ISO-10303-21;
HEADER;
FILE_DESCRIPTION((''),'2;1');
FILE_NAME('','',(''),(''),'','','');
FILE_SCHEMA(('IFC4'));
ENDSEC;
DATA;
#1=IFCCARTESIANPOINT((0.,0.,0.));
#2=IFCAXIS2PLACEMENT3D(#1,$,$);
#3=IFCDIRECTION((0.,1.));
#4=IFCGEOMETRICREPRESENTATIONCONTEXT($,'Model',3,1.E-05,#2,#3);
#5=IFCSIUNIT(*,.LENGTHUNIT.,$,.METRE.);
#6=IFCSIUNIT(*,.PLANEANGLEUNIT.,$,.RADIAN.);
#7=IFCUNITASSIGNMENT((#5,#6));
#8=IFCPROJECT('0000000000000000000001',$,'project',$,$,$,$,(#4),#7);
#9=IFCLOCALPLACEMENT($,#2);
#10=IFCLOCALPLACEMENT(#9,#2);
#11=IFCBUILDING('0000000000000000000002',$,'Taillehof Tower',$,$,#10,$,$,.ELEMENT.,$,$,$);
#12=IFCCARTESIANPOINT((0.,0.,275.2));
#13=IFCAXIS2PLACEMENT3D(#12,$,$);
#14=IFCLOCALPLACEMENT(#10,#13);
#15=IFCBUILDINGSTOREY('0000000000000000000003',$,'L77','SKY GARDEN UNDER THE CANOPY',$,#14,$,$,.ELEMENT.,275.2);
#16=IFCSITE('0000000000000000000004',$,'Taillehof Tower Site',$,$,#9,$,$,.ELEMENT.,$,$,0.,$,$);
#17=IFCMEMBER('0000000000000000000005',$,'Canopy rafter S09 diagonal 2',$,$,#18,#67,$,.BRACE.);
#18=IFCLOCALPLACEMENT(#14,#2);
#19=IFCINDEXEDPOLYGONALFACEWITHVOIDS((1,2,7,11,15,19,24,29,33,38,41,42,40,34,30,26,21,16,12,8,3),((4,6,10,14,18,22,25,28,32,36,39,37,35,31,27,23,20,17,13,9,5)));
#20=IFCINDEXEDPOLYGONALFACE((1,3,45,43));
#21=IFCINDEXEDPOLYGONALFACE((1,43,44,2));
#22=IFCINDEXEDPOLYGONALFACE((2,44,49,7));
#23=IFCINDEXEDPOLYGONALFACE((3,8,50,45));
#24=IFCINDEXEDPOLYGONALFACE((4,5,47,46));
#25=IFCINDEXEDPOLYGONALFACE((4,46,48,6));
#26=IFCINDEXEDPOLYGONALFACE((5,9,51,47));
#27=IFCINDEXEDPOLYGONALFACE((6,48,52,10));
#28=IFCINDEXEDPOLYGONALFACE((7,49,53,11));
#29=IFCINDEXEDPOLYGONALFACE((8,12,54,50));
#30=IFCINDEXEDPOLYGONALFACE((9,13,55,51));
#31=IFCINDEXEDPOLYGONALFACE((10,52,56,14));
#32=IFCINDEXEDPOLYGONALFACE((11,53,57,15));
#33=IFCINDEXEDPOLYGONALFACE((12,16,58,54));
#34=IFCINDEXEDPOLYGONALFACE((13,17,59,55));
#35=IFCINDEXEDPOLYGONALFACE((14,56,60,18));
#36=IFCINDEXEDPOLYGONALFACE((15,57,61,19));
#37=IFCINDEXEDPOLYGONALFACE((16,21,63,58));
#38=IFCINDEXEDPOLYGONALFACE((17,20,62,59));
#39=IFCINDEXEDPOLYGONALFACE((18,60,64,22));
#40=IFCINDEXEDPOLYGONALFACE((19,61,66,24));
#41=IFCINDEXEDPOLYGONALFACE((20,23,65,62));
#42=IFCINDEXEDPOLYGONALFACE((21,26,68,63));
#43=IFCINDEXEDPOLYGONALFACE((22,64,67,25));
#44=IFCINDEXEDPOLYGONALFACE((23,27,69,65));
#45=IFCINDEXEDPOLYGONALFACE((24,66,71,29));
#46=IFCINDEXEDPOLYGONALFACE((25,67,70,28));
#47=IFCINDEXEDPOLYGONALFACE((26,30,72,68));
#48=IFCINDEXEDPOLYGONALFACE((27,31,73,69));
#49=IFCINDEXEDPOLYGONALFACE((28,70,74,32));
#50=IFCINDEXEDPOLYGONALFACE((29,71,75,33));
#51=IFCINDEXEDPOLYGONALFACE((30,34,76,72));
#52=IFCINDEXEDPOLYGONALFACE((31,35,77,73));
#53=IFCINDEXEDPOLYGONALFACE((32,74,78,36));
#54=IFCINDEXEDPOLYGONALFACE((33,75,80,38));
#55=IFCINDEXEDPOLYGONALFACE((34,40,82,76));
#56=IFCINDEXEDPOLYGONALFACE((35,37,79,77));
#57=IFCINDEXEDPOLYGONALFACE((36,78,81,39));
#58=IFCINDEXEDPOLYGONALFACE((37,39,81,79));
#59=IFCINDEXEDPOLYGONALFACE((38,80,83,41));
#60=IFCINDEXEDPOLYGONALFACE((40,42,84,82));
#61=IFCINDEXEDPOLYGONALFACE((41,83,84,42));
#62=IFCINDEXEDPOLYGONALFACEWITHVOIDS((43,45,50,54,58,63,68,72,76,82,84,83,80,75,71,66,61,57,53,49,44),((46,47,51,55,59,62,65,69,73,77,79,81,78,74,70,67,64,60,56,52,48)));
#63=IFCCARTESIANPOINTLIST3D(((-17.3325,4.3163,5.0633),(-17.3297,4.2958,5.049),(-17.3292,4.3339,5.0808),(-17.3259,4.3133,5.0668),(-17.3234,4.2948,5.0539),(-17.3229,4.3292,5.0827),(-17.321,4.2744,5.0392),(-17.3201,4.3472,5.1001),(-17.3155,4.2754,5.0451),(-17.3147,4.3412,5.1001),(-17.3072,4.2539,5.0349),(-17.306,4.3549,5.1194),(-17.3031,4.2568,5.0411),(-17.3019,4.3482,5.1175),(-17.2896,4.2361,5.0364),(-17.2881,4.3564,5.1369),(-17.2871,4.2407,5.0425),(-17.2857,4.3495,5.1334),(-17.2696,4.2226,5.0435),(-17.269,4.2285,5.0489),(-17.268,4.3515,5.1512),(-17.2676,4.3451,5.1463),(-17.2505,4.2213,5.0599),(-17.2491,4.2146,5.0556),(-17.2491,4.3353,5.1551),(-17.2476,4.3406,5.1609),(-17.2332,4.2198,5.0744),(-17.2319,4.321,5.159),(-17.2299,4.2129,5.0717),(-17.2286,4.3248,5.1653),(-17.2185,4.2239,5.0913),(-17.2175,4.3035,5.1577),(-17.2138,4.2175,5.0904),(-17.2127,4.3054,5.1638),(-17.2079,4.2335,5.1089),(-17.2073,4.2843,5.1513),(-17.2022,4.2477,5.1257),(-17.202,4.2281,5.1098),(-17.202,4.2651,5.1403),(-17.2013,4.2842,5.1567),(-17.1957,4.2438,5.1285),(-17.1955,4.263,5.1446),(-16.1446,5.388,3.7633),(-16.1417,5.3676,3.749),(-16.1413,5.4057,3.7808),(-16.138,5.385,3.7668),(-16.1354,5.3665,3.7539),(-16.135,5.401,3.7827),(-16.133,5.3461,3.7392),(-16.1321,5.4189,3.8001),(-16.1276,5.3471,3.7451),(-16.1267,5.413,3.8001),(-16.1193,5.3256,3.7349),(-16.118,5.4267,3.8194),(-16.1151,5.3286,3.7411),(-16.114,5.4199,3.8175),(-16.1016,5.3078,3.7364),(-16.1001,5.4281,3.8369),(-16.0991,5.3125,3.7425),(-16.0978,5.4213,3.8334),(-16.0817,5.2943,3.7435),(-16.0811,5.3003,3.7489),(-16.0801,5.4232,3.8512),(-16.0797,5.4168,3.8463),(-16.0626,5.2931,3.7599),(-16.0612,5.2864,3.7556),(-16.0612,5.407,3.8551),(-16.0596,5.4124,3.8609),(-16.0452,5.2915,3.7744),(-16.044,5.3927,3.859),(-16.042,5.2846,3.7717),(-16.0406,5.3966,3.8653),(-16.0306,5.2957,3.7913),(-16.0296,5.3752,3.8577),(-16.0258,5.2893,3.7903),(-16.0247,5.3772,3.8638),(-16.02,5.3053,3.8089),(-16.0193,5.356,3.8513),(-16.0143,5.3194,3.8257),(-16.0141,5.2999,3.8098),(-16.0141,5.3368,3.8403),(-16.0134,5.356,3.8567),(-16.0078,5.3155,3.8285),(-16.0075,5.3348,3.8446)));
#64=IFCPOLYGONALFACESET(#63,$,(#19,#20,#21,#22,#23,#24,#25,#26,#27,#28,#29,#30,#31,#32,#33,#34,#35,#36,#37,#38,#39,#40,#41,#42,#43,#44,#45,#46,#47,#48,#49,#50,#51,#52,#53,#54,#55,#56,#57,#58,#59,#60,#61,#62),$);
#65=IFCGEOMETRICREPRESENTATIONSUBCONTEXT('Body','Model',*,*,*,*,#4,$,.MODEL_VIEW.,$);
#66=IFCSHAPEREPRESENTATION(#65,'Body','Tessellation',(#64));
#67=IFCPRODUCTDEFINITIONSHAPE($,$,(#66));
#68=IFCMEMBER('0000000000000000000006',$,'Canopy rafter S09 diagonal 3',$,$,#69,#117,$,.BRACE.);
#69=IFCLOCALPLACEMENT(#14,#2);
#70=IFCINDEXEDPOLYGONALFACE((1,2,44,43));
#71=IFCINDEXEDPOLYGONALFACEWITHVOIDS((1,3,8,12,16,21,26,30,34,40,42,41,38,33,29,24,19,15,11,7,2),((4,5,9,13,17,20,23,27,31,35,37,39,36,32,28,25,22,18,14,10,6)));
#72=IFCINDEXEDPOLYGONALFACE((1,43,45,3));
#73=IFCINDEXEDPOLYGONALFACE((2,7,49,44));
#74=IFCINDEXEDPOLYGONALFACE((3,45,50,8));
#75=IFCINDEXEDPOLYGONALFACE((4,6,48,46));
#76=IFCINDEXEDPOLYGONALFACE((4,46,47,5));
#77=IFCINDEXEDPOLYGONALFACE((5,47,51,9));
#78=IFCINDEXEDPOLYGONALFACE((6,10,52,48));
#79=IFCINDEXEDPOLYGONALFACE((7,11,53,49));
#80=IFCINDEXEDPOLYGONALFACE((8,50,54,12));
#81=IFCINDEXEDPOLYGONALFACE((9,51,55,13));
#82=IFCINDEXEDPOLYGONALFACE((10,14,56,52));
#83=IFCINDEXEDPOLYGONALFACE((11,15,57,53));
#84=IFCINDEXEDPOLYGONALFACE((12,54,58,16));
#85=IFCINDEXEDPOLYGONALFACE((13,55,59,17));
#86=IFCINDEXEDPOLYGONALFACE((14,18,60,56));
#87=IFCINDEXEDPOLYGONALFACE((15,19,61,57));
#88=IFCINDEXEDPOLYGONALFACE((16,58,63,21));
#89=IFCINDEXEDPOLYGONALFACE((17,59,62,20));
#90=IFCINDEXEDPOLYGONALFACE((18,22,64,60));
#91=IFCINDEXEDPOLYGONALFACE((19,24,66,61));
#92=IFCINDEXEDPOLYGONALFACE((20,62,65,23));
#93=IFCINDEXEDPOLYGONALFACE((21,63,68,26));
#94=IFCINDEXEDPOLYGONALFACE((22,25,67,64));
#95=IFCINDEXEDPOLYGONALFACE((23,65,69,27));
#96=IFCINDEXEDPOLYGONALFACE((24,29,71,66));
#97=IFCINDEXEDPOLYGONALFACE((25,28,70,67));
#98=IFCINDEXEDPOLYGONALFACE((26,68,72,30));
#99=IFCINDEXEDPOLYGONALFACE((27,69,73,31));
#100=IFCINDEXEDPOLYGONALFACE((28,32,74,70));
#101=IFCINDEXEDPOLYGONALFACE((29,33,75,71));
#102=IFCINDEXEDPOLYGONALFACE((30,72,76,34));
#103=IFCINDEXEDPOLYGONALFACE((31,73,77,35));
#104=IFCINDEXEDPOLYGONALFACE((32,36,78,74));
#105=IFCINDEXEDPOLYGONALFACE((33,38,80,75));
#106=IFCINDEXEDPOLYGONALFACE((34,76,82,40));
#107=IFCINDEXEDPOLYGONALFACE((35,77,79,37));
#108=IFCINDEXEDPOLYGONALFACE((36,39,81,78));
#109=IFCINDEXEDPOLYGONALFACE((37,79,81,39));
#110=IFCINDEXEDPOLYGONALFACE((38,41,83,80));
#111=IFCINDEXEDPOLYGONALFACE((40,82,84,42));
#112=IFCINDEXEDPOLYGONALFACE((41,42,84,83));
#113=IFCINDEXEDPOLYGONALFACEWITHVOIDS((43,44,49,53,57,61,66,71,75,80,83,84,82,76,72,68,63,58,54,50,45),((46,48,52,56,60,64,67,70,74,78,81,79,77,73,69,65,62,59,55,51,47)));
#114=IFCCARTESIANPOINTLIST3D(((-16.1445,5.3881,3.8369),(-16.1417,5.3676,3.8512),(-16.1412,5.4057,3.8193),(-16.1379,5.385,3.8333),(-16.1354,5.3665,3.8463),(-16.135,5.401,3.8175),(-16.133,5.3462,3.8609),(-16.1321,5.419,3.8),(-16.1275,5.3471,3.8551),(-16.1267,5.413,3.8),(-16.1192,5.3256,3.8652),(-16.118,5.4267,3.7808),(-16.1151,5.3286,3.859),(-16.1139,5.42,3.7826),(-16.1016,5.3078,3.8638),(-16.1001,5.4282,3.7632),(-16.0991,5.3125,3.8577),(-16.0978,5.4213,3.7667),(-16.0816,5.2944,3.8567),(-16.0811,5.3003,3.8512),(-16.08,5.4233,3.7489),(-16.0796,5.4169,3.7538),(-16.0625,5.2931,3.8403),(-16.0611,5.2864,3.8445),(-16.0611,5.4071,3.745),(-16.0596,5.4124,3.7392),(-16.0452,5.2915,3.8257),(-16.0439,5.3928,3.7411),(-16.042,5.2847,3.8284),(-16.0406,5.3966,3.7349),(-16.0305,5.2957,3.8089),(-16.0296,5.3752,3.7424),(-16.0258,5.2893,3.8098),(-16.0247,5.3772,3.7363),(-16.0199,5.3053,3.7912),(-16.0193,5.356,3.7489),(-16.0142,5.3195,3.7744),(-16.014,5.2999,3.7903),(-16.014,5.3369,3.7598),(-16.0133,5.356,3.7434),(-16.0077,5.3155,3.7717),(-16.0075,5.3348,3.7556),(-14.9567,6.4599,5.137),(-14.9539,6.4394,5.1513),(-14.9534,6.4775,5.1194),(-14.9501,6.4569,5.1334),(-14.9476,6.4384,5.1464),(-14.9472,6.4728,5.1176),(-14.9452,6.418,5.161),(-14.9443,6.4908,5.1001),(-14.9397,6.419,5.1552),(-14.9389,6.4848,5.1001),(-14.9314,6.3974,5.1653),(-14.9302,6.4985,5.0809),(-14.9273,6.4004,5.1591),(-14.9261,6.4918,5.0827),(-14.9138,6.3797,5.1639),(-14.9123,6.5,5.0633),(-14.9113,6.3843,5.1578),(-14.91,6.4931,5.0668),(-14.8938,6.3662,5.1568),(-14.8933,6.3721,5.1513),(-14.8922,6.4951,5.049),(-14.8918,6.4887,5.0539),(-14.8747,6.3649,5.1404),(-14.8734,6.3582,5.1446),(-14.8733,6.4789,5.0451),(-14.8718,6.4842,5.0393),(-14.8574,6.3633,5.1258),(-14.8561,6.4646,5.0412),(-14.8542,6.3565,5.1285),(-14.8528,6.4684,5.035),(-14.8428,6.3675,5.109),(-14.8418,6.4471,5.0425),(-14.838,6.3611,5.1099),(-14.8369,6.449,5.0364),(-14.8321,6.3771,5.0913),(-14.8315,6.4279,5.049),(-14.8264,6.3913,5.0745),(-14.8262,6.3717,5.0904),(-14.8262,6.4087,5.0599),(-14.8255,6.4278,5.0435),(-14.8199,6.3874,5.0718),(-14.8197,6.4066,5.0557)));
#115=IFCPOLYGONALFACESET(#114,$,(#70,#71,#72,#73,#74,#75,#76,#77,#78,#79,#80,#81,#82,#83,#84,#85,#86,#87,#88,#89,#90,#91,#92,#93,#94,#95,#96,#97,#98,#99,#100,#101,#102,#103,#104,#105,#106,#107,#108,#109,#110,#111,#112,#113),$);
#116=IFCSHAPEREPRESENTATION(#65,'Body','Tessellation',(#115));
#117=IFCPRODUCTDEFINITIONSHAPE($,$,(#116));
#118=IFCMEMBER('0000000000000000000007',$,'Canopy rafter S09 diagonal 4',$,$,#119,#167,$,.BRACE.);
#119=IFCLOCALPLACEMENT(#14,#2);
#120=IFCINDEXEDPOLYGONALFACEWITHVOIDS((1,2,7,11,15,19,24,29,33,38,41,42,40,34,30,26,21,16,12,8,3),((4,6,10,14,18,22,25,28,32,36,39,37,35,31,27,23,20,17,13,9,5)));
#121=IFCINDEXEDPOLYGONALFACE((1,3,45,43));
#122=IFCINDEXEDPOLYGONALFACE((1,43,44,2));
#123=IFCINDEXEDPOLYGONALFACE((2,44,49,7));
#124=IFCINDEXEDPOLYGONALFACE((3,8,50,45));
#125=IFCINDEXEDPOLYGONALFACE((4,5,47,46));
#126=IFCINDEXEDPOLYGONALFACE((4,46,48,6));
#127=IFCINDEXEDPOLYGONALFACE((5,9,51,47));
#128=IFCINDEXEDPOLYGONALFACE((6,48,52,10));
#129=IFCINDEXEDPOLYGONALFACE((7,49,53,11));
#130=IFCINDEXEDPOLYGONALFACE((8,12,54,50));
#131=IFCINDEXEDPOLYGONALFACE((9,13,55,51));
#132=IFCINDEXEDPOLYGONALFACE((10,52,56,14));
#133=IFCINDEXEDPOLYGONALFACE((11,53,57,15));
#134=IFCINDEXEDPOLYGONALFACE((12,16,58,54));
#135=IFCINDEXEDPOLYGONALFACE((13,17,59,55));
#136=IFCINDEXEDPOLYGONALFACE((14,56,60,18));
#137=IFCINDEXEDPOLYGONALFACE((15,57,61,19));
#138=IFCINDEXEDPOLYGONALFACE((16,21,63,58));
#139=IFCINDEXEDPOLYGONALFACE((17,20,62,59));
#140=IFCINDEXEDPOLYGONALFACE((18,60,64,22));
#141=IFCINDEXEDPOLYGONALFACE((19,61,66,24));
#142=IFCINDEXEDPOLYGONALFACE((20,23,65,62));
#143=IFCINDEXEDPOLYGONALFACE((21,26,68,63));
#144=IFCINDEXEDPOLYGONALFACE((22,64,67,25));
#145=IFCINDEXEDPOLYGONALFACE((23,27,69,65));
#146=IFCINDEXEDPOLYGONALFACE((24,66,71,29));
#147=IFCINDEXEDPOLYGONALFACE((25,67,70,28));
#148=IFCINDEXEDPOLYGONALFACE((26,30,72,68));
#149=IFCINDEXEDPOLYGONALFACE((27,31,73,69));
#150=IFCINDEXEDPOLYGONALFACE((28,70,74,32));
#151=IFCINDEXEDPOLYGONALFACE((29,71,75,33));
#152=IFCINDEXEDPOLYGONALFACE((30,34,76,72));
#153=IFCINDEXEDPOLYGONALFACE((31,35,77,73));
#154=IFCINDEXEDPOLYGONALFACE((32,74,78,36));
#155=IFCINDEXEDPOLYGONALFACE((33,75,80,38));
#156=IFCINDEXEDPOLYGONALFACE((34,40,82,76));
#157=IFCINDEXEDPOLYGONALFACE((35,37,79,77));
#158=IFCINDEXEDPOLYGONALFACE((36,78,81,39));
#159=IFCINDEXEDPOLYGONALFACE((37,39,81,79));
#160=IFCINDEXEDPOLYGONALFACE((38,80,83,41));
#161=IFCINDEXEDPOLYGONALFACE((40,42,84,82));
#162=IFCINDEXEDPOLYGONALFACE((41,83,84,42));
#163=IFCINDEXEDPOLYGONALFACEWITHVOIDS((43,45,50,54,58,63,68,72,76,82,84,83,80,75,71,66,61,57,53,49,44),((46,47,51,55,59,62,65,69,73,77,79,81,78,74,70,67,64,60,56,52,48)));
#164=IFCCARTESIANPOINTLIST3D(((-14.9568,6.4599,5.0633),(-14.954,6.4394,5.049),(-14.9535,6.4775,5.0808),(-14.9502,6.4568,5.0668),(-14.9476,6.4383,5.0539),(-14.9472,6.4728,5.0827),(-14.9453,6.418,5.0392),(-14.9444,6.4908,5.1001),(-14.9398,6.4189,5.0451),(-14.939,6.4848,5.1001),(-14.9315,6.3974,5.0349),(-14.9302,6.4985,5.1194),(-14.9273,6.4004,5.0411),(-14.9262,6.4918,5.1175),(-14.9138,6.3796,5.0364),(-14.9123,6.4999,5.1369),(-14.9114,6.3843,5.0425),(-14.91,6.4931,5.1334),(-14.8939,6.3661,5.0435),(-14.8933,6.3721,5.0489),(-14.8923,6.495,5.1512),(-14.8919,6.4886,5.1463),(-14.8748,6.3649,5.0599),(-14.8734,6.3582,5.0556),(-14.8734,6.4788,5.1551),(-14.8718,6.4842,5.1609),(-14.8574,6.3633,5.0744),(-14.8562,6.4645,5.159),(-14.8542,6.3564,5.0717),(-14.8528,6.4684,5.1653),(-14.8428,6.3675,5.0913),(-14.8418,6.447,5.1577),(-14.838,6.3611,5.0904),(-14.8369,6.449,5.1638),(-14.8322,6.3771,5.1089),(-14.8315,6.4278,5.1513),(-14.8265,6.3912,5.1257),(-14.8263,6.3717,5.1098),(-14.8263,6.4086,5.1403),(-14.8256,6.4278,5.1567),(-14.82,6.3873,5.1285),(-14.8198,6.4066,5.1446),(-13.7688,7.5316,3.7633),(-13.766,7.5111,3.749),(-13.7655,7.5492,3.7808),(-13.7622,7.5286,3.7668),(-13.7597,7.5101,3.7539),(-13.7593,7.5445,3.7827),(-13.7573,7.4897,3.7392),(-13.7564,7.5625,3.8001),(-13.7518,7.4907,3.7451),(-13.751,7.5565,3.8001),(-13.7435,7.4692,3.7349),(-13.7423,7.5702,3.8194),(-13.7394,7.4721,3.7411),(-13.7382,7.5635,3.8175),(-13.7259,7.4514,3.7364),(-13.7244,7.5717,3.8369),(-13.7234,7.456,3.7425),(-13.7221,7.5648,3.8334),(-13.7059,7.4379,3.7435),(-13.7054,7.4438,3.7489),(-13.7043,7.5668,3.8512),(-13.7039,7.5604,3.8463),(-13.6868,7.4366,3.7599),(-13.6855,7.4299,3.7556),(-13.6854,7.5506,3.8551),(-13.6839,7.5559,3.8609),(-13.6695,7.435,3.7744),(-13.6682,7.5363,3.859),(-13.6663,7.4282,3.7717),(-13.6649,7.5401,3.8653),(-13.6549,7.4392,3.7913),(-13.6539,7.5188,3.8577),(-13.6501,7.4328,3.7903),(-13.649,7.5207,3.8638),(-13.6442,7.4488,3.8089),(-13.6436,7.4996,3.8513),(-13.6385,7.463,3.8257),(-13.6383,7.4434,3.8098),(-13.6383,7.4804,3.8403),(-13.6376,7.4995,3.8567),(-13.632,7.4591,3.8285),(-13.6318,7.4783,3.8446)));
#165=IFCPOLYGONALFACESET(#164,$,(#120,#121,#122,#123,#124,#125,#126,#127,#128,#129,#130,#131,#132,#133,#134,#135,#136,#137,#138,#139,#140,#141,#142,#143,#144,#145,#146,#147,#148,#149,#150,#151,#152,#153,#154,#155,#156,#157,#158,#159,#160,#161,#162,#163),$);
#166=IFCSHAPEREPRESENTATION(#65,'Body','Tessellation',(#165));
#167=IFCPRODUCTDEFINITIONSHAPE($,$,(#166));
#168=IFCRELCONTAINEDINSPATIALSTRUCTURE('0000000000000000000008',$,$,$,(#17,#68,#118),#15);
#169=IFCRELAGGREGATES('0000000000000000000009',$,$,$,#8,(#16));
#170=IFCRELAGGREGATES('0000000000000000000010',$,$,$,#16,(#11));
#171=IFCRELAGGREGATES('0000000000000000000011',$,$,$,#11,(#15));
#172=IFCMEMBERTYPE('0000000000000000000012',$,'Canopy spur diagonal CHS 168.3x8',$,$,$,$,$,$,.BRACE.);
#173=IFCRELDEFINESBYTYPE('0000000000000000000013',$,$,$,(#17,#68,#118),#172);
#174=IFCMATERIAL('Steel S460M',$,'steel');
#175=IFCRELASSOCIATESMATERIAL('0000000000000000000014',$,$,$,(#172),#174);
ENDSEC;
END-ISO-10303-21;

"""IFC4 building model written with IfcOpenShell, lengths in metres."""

from ifc_helpers import new_model, si_unit, direction, frame, origin, origin_2d, place, context, subcontext, project, spatial, hollow_circle, extrude, material, material_profile, profile_set, type_object, element, save


model = new_model("IFC4")

# Units and contexts
model_context = context("Model", 3, precision=1e-05, world=origin(), true_north=direction((0.0, 1.0)))
body_context = subcontext(model_context, "Body", "Model", "MODEL_VIEW")
ifc_project = project(units=[si_unit("LENGTHUNIT", "METRE"), si_unit("PLANEANGLEUNIT", "RADIAN")], contexts=[model_context])

# Site, building, storey
site_placement = place(None, origin())
site = spatial("IfcSite", under=ifc_project, at=site_placement, Name="Taillehof Tower Site", CompositionType="ELEMENT", RefElevation=0.0)
building_placement = place(site_placement, origin())
building = spatial("IfcBuilding", under=site, at=building_placement, Name="Taillehof Tower", CompositionType="ELEMENT")
storey_placement = place(building_placement, frame((0.0, 0.0, 275.2)))
storey = spatial("IfcBuildingStorey", under=building, at=storey_placement, Name="L77", Description="SKY GARDEN UNDER THE CANOPY", CompositionType="ELEMENT", Elevation=275.2)

# Members
ifc_material_1 = material(Name="Steel S460M", Category="steel")
ifc_material_profile_1 = material_profile(ifc_material_1, hollow_circle(Radius=0.0842, WallThickness=0.0081, at=origin_2d()), Name="CHS 168.3x8")
ifc_profile_set_1 = profile_set([ifc_material_profile_1], Name="Steel S460M")
member_type_1 = type_object("IfcMemberType", Name="Canopy spur diagonal CHS 168.3x8", PredefinedType="BRACE", material=ifc_profile_set_1)
for number, where, z_axis, x_axis, name in (
    (1, (-17.2637, 4.2847, 5.1001), (0.576249, 0.519879, -0.630605), (-0.669858, 0.742489, 0.0), "Canopy rafter S09 diagonal 2"),
    (2, (-16.0757, 5.3564, 3.8), (0.57617, 0.519915, 0.630648), (-0.669934, 0.742421, 0.0), "Canopy rafter S09 diagonal 3"),
    (3, (-14.8879, 6.4282, 5.1001), (0.576249, 0.519879, -0.630605), (-0.669858, 0.742489, 0.0), "Canopy rafter S09 diagonal 4"),
):
    element("IfcMember", number, at=place(storey_placement, frame(where, z_axis=z_axis, x_axis=x_axis)), inside=storey, type_object=member_type_1, Name=name, PredefinedType="BRACE", context=body_context, shape_type="SweptSolid", body=[
        extrude(hollow_circle(Radius=0.0842, WallThickness=0.0081, at=origin_2d()), origin(), (0.0, 0.0, 1.0), 2.0615),
    ])

save(model, "model.ifc")
